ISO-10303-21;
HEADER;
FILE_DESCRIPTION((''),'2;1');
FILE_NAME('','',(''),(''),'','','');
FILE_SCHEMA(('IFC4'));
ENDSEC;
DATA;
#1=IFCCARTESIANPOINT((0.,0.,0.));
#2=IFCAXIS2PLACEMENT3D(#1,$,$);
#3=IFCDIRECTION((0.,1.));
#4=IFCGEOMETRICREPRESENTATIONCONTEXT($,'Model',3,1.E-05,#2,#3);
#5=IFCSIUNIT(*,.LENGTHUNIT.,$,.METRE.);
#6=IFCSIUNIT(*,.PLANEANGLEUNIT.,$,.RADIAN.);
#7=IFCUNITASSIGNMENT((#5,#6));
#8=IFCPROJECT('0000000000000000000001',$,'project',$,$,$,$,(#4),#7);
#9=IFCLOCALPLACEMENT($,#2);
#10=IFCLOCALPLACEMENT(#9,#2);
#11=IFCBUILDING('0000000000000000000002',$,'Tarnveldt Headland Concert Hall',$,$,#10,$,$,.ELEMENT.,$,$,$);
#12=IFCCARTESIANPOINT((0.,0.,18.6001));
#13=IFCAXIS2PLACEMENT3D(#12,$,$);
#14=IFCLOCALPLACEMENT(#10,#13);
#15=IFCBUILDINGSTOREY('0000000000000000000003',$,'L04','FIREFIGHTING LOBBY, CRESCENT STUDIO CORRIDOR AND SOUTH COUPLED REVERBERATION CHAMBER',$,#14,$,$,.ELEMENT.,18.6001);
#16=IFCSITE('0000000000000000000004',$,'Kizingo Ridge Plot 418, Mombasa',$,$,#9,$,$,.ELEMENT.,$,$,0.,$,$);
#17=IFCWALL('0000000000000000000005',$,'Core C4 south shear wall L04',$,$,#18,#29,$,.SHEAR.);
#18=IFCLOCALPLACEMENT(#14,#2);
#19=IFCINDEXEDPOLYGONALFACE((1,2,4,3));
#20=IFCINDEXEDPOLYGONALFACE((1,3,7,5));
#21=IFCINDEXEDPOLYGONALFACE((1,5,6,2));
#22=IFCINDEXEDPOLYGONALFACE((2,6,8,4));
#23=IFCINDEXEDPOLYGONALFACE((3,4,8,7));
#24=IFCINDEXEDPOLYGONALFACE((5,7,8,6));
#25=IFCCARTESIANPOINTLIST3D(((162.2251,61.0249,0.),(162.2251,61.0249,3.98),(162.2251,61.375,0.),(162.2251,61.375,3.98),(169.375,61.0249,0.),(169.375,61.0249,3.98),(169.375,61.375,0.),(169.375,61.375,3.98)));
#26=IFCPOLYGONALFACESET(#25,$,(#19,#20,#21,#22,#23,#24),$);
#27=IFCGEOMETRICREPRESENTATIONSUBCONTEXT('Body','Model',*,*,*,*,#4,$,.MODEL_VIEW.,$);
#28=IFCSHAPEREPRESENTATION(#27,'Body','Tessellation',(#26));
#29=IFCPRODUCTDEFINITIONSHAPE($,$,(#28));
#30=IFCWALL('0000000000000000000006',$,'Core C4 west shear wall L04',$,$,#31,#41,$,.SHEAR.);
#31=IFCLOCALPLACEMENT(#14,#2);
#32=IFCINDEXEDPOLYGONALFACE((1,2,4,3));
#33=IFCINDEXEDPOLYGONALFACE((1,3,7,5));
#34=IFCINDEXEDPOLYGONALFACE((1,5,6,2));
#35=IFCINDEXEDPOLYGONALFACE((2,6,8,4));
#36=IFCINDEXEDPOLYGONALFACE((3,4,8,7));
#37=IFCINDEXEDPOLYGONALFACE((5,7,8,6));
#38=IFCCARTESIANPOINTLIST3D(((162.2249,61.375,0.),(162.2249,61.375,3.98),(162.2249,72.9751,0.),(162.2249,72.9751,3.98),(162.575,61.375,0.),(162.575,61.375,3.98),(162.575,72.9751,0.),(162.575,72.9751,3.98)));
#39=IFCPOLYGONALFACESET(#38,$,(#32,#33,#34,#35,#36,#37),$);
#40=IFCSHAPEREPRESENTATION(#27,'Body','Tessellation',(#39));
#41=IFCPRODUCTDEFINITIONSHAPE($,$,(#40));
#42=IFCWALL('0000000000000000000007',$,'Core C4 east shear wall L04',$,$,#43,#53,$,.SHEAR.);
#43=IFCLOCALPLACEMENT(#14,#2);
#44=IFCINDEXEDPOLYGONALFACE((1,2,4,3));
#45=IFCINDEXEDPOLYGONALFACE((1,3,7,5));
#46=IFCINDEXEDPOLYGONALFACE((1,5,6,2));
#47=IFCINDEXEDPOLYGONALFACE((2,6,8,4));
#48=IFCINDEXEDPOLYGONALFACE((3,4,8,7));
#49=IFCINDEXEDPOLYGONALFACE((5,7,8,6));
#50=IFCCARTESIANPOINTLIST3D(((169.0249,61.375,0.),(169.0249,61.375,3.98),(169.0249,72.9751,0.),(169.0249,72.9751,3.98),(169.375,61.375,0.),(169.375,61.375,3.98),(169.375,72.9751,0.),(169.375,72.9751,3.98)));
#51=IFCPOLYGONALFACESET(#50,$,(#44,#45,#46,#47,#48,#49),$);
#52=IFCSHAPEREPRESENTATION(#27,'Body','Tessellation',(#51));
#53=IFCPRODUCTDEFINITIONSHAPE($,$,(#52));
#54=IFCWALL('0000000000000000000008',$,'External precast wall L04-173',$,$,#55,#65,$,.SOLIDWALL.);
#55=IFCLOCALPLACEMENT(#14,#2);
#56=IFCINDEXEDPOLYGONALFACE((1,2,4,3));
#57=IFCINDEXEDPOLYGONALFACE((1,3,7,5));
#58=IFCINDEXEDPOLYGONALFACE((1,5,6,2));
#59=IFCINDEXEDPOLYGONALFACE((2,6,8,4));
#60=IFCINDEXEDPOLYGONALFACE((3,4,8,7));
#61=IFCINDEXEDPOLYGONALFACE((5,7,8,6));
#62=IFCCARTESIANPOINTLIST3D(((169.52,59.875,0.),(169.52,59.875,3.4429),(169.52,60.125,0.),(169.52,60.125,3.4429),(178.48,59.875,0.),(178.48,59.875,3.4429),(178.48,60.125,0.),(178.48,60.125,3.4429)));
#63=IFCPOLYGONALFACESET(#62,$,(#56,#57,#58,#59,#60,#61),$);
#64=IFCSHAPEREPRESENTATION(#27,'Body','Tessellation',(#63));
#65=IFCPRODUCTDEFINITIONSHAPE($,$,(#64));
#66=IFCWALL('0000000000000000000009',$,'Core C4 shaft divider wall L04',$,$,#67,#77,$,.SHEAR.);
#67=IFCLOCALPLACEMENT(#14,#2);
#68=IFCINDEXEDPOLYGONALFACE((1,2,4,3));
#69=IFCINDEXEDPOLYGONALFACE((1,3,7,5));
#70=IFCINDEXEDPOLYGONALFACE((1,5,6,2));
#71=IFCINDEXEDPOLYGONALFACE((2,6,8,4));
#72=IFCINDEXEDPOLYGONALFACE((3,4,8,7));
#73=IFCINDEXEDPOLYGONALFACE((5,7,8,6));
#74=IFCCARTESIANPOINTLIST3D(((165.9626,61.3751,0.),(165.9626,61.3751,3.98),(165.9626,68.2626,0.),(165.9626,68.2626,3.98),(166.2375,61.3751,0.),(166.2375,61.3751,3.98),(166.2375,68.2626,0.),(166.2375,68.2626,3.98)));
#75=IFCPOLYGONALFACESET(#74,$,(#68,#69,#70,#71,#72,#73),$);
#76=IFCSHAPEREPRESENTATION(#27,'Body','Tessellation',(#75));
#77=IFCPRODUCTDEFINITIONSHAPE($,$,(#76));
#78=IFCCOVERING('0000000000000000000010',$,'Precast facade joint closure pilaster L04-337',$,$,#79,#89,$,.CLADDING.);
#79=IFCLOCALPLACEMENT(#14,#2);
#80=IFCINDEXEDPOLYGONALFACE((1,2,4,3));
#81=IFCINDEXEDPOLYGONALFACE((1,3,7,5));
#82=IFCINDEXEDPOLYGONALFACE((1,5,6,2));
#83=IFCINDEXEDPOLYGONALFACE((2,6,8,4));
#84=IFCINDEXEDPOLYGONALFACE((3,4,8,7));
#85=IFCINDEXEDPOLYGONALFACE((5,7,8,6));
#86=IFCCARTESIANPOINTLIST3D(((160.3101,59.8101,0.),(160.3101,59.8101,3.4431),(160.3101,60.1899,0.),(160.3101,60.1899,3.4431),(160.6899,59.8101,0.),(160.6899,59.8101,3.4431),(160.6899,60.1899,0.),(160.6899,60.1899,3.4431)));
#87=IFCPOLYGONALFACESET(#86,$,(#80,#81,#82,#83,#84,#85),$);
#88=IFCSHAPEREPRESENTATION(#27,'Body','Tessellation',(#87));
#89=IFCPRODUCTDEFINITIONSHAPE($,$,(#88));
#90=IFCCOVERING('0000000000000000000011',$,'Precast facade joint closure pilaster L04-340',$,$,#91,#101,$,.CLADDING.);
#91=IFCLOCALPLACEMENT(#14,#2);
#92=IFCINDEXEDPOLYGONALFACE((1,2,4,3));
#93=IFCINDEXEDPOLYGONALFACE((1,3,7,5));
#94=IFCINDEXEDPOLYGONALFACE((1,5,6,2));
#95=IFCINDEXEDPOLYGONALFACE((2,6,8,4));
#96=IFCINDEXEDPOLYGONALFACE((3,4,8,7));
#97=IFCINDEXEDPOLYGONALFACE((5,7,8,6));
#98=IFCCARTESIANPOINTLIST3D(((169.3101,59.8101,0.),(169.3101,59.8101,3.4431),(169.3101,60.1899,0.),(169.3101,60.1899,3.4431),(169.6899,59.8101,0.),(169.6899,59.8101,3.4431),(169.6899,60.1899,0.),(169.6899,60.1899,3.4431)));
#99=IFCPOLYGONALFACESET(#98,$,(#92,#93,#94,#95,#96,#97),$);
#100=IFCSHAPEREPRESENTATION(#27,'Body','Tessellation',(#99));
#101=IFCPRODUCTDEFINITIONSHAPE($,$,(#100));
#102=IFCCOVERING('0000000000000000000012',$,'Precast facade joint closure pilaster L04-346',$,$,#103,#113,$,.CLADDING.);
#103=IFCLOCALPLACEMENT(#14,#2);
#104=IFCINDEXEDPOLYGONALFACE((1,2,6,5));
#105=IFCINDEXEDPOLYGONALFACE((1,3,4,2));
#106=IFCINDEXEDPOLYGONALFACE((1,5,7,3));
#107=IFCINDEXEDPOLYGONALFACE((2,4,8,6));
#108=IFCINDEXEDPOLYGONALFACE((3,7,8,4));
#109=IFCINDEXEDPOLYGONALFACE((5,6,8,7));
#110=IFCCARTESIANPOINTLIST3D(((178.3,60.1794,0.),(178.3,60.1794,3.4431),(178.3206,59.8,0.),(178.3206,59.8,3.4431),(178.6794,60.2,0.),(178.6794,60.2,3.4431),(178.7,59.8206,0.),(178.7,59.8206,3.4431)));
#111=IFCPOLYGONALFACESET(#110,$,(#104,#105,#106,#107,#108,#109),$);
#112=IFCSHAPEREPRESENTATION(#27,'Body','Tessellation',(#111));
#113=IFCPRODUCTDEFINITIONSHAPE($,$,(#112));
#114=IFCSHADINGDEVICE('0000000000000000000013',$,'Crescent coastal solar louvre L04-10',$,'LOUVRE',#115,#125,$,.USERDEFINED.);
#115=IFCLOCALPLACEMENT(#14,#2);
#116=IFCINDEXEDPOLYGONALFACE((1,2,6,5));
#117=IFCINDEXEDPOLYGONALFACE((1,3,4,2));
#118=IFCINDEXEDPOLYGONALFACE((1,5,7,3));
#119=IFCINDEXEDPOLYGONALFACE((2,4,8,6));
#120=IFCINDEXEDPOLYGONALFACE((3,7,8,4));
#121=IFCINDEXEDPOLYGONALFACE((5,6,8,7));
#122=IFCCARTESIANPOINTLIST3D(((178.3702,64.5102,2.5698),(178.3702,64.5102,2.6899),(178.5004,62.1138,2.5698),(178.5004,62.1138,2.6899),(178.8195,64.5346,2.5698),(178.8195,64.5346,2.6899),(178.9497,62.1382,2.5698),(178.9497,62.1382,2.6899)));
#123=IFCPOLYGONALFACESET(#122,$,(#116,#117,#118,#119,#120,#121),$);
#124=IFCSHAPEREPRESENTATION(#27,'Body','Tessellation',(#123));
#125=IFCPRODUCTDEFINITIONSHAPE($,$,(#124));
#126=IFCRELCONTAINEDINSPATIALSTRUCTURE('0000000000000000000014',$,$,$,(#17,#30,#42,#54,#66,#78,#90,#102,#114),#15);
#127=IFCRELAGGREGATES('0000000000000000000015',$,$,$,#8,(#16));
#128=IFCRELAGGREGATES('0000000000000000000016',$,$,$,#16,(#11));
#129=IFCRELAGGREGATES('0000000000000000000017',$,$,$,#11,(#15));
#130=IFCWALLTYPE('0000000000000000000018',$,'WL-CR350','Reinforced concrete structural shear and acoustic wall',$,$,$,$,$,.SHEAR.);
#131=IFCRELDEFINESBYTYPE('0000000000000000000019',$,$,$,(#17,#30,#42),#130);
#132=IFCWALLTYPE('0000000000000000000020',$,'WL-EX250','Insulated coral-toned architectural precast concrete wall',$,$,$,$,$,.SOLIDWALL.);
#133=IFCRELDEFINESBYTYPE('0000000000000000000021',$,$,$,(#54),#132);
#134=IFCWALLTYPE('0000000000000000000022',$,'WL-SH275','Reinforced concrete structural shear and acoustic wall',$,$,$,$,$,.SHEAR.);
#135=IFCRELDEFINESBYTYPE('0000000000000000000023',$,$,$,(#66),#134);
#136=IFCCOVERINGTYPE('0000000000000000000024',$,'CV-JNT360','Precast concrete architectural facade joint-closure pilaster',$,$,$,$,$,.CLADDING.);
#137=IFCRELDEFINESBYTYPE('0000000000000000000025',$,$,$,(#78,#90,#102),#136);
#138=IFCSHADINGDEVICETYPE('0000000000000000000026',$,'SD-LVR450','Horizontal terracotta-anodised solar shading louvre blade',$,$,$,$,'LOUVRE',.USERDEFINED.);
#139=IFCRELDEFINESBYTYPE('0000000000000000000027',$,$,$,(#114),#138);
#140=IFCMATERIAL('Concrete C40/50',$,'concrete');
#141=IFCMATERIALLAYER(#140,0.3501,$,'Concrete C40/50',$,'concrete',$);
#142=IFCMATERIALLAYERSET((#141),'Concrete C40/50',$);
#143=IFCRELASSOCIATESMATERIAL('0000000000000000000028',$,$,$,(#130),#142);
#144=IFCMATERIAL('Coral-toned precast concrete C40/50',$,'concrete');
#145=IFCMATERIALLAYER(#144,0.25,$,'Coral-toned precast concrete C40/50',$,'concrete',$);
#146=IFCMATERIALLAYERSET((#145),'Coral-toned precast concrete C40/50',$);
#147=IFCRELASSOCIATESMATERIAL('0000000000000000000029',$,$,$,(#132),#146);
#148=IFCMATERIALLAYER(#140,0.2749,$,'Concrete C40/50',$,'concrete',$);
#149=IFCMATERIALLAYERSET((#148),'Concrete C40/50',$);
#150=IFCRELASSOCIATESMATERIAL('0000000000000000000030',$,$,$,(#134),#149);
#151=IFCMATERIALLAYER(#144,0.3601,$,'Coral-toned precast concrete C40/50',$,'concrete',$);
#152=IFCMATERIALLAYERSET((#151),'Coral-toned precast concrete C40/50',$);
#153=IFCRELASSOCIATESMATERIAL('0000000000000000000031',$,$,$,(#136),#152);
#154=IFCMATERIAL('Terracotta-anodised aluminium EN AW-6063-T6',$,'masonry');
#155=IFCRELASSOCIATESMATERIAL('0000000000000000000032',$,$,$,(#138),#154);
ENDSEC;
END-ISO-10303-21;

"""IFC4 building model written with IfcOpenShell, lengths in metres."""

from ifc_helpers import new_model, si_unit, direction, frame, frame_2d, origin, origin_2d, place, context, subcontext, project, spatial, rectangle, extrude, material, layer, layer_set, type_object, element, save


model = new_model("IFC4")

# Units and contexts
model_context = context("Model", 3, precision=1e-05, world=origin(), true_north=direction((0.0, 1.0)))
body_context = subcontext(model_context, "Body", "Model", "MODEL_VIEW")
ifc_project = project(units=[si_unit("LENGTHUNIT", "METRE"), si_unit("PLANEANGLEUNIT", "RADIAN")], contexts=[model_context])

# Site, building, storey
site_placement = place(None, origin())
site = spatial("IfcSite", under=ifc_project, at=site_placement, Name="Kizingo Ridge Plot 418, Mombasa", CompositionType="ELEMENT", RefElevation=0.0)
building_placement = place(site_placement, origin())
building = spatial("IfcBuilding", under=site, at=building_placement, Name="Tarnveldt Headland Concert Hall", CompositionType="ELEMENT")
storey_placement = place(building_placement, frame((0.0, 0.0, 18.6001)))
storey = spatial("IfcBuildingStorey", under=building, at=storey_placement, Name="L04", Description="FIREFIGHTING LOBBY, CRESCENT STUDIO CORRIDOR AND SOUTH COUPLED REVERBERATION CHAMBER", CompositionType="ELEMENT", Elevation=18.6001)

# Shared definitions
ifc_material_1 = material(Name="Concrete C40/50", Category="concrete")

# Walls
ifc_layer_1 = layer(ifc_material_1, 0.3501, Name="Concrete C40/50", Category="concrete")
ifc_layer_set_1 = layer_set([ifc_layer_1], Name="Concrete C40/50")
wall_type_1 = type_object("IfcWallType", Name="WL-CR350", Description="Reinforced concrete structural shear and acoustic wall", PredefinedType="SHEAR", material=ifc_layer_set_1)
wall_1_placement = place(storey_placement, frame((162.2251, 61.2, 0.0), z_axis=(0.0, 0.0, 1.0), x_axis=(1.0, 0.0, 0.0)))
element("IfcWall", 1, at=wall_1_placement, inside=storey, type_object=wall_type_1, Name="Core C4 south shear wall L04", PredefinedType="SHEAR", context=body_context, shape_type="SweptSolid", body=[
    extrude(rectangle(XDim=7.1499, YDim=0.3501, at=frame_2d((3.575, 0.0))), origin(), (0.0, 0.0, 1.0), 3.98),
])
for number, where, z_axis, x_axis, name in (
    (2, (162.3999, 61.375, 0.0), (0.0, 0.0, 1.0), (0.0, 1.0, 0.0), "Core C4 west shear wall L04"),
    (3, (169.2, 61.375, 0.0), (0.0, 0.0, 1.0), (0.0, 1.0, 0.0), "Core C4 east shear wall L04"),
):
    element("IfcWall", number, at=place(storey_placement, frame(where, z_axis=z_axis, x_axis=x_axis)), inside=storey, type_object=wall_type_1, Name=name, PredefinedType="SHEAR", context=body_context, shape_type="SweptSolid", body=[
        extrude(rectangle(XDim=11.6001, YDim=0.3501, at=frame_2d((5.8, 0.0))), origin(), (0.0, 0.0, 1.0), 3.98),
    ])

# Shared definitions
ifc_material_2 = material(Name="Coral-toned precast concrete C40/50", Category="concrete")
ifc_layer_2 = layer(ifc_material_2, 0.25, Name="Coral-toned precast concrete C40/50", Category="concrete")
ifc_layer_set_2 = layer_set([ifc_layer_2], Name="Coral-toned precast concrete C40/50")
wall_type_2 = type_object("IfcWallType", Name="WL-EX250", Description="Insulated coral-toned architectural precast concrete wall", PredefinedType="SOLIDWALL", material=ifc_layer_set_2)

# Walls
wall_2_placement = place(storey_placement, frame((178.48, 60.0, 0.0), z_axis=(0.0, 0.0, 1.0), x_axis=(-1.0, 0.0, 0.0)))
element("IfcWall", 4, at=wall_2_placement, inside=storey, type_object=wall_type_2, Name="External precast wall L04-173", PredefinedType="SOLIDWALL", context=body_context, shape_type="SweptSolid", body=[
    extrude(rectangle(XDim=8.96, YDim=0.25, at=frame_2d((4.48, 0.0))), origin(), (0.0, 0.0, 1.0), 3.4429),
])
ifc_layer_3 = layer(ifc_material_1, 0.2749, Name="Concrete C40/50", Category="concrete")
ifc_layer_set_3 = layer_set([ifc_layer_3], Name="Concrete C40/50")
wall_type_3 = type_object("IfcWallType", Name="WL-SH275", Description="Reinforced concrete structural shear and acoustic wall", PredefinedType="SHEAR", material=ifc_layer_set_3)
wall_3_placement = place(storey_placement, frame((166.1001, 61.375, 0.0), z_axis=(0.0, 0.0, 1.0), x_axis=(0.0, 1.0, 0.0)))
element("IfcWall", 5, at=wall_3_placement, inside=storey, type_object=wall_type_3, Name="Core C4 shaft divider wall L04", PredefinedType="SHEAR", context=body_context, shape_type="SweptSolid", body=[
    extrude(rectangle(XDim=6.8875, YDim=0.2749, at=frame_2d((3.4438, 0.0))), origin(), (0.0, 0.0, 1.0), 3.98),
])

# Coverings
ifc_layer_4 = layer(ifc_material_2, 0.3601, Name="Coral-toned precast concrete C40/50", Category="concrete")
ifc_layer_set_4 = layer_set([ifc_layer_4], Name="Coral-toned precast concrete C40/50")
covering_type = type_object("IfcCoveringType", Name="CV-JNT360", Description="Precast concrete architectural facade joint-closure pilaster", PredefinedType="CLADDING", material=ifc_layer_set_4)
for number, where, z_axis, x_axis, name in (
    (6, (160.5, 60.0, 0.0), (0.0, 0.0, 1.0), (-1.0, 0.0, 0.0), "Precast facade joint closure pilaster L04-337"),
    (7, (169.5, 60.0, 0.0), (0.0, 0.0, 1.0), (-1.0, 0.0, 0.0), "Precast facade joint closure pilaster L04-340"),
    (8, (178.5, 60.0, 0.0), (0.0, 0.0, 1.0), (0.054253, -0.998527, 0.0), "Precast facade joint closure pilaster L04-346"),
):
    element("IfcCovering", number, at=place(storey_placement, frame(where, z_axis=z_axis, x_axis=x_axis)), inside=storey, type_object=covering_type, Name=name, PredefinedType="CLADDING", context=body_context, shape_type="SweptSolid", body=[
        extrude(rectangle(XDim=0.3799, YDim=0.3799, at=origin_2d()), origin(), (0.0, 0.0, 1.0), 3.4431),
    ])

# Shading device
ifc_material_3 = material(Name="Terracotta-anodised aluminium EN AW-6063-T6", Category="masonry")
shading_device_type = type_object("IfcShadingDeviceType", Name="SD-LVR450", Description="Horizontal terracotta-anodised solar shading louvre blade", ElementType="LOUVRE", PredefinedType="USERDEFINED", material=ifc_material_3)
shading_device_placement = place(storey_placement, frame((178.6599, 63.3242, 2.5698), z_axis=(0.0, 0.0, 1.0), x_axis=(0.998527, 0.054253, 0.0)))
element("IfcShadingDevice", 9, at=shading_device_placement, inside=storey, type_object=shading_device_type, Name="Crescent coastal solar louvre L04-10", ObjectType="LOUVRE", PredefinedType="USERDEFINED", context=body_context, shape_type="SweptSolid", body=[
    extrude(rectangle(XDim=0.45, YDim=2.3999, at=origin_2d()), origin(), (0.0, 0.0, 1.0), 0.1201),
])

save(model, "model.ifc")
